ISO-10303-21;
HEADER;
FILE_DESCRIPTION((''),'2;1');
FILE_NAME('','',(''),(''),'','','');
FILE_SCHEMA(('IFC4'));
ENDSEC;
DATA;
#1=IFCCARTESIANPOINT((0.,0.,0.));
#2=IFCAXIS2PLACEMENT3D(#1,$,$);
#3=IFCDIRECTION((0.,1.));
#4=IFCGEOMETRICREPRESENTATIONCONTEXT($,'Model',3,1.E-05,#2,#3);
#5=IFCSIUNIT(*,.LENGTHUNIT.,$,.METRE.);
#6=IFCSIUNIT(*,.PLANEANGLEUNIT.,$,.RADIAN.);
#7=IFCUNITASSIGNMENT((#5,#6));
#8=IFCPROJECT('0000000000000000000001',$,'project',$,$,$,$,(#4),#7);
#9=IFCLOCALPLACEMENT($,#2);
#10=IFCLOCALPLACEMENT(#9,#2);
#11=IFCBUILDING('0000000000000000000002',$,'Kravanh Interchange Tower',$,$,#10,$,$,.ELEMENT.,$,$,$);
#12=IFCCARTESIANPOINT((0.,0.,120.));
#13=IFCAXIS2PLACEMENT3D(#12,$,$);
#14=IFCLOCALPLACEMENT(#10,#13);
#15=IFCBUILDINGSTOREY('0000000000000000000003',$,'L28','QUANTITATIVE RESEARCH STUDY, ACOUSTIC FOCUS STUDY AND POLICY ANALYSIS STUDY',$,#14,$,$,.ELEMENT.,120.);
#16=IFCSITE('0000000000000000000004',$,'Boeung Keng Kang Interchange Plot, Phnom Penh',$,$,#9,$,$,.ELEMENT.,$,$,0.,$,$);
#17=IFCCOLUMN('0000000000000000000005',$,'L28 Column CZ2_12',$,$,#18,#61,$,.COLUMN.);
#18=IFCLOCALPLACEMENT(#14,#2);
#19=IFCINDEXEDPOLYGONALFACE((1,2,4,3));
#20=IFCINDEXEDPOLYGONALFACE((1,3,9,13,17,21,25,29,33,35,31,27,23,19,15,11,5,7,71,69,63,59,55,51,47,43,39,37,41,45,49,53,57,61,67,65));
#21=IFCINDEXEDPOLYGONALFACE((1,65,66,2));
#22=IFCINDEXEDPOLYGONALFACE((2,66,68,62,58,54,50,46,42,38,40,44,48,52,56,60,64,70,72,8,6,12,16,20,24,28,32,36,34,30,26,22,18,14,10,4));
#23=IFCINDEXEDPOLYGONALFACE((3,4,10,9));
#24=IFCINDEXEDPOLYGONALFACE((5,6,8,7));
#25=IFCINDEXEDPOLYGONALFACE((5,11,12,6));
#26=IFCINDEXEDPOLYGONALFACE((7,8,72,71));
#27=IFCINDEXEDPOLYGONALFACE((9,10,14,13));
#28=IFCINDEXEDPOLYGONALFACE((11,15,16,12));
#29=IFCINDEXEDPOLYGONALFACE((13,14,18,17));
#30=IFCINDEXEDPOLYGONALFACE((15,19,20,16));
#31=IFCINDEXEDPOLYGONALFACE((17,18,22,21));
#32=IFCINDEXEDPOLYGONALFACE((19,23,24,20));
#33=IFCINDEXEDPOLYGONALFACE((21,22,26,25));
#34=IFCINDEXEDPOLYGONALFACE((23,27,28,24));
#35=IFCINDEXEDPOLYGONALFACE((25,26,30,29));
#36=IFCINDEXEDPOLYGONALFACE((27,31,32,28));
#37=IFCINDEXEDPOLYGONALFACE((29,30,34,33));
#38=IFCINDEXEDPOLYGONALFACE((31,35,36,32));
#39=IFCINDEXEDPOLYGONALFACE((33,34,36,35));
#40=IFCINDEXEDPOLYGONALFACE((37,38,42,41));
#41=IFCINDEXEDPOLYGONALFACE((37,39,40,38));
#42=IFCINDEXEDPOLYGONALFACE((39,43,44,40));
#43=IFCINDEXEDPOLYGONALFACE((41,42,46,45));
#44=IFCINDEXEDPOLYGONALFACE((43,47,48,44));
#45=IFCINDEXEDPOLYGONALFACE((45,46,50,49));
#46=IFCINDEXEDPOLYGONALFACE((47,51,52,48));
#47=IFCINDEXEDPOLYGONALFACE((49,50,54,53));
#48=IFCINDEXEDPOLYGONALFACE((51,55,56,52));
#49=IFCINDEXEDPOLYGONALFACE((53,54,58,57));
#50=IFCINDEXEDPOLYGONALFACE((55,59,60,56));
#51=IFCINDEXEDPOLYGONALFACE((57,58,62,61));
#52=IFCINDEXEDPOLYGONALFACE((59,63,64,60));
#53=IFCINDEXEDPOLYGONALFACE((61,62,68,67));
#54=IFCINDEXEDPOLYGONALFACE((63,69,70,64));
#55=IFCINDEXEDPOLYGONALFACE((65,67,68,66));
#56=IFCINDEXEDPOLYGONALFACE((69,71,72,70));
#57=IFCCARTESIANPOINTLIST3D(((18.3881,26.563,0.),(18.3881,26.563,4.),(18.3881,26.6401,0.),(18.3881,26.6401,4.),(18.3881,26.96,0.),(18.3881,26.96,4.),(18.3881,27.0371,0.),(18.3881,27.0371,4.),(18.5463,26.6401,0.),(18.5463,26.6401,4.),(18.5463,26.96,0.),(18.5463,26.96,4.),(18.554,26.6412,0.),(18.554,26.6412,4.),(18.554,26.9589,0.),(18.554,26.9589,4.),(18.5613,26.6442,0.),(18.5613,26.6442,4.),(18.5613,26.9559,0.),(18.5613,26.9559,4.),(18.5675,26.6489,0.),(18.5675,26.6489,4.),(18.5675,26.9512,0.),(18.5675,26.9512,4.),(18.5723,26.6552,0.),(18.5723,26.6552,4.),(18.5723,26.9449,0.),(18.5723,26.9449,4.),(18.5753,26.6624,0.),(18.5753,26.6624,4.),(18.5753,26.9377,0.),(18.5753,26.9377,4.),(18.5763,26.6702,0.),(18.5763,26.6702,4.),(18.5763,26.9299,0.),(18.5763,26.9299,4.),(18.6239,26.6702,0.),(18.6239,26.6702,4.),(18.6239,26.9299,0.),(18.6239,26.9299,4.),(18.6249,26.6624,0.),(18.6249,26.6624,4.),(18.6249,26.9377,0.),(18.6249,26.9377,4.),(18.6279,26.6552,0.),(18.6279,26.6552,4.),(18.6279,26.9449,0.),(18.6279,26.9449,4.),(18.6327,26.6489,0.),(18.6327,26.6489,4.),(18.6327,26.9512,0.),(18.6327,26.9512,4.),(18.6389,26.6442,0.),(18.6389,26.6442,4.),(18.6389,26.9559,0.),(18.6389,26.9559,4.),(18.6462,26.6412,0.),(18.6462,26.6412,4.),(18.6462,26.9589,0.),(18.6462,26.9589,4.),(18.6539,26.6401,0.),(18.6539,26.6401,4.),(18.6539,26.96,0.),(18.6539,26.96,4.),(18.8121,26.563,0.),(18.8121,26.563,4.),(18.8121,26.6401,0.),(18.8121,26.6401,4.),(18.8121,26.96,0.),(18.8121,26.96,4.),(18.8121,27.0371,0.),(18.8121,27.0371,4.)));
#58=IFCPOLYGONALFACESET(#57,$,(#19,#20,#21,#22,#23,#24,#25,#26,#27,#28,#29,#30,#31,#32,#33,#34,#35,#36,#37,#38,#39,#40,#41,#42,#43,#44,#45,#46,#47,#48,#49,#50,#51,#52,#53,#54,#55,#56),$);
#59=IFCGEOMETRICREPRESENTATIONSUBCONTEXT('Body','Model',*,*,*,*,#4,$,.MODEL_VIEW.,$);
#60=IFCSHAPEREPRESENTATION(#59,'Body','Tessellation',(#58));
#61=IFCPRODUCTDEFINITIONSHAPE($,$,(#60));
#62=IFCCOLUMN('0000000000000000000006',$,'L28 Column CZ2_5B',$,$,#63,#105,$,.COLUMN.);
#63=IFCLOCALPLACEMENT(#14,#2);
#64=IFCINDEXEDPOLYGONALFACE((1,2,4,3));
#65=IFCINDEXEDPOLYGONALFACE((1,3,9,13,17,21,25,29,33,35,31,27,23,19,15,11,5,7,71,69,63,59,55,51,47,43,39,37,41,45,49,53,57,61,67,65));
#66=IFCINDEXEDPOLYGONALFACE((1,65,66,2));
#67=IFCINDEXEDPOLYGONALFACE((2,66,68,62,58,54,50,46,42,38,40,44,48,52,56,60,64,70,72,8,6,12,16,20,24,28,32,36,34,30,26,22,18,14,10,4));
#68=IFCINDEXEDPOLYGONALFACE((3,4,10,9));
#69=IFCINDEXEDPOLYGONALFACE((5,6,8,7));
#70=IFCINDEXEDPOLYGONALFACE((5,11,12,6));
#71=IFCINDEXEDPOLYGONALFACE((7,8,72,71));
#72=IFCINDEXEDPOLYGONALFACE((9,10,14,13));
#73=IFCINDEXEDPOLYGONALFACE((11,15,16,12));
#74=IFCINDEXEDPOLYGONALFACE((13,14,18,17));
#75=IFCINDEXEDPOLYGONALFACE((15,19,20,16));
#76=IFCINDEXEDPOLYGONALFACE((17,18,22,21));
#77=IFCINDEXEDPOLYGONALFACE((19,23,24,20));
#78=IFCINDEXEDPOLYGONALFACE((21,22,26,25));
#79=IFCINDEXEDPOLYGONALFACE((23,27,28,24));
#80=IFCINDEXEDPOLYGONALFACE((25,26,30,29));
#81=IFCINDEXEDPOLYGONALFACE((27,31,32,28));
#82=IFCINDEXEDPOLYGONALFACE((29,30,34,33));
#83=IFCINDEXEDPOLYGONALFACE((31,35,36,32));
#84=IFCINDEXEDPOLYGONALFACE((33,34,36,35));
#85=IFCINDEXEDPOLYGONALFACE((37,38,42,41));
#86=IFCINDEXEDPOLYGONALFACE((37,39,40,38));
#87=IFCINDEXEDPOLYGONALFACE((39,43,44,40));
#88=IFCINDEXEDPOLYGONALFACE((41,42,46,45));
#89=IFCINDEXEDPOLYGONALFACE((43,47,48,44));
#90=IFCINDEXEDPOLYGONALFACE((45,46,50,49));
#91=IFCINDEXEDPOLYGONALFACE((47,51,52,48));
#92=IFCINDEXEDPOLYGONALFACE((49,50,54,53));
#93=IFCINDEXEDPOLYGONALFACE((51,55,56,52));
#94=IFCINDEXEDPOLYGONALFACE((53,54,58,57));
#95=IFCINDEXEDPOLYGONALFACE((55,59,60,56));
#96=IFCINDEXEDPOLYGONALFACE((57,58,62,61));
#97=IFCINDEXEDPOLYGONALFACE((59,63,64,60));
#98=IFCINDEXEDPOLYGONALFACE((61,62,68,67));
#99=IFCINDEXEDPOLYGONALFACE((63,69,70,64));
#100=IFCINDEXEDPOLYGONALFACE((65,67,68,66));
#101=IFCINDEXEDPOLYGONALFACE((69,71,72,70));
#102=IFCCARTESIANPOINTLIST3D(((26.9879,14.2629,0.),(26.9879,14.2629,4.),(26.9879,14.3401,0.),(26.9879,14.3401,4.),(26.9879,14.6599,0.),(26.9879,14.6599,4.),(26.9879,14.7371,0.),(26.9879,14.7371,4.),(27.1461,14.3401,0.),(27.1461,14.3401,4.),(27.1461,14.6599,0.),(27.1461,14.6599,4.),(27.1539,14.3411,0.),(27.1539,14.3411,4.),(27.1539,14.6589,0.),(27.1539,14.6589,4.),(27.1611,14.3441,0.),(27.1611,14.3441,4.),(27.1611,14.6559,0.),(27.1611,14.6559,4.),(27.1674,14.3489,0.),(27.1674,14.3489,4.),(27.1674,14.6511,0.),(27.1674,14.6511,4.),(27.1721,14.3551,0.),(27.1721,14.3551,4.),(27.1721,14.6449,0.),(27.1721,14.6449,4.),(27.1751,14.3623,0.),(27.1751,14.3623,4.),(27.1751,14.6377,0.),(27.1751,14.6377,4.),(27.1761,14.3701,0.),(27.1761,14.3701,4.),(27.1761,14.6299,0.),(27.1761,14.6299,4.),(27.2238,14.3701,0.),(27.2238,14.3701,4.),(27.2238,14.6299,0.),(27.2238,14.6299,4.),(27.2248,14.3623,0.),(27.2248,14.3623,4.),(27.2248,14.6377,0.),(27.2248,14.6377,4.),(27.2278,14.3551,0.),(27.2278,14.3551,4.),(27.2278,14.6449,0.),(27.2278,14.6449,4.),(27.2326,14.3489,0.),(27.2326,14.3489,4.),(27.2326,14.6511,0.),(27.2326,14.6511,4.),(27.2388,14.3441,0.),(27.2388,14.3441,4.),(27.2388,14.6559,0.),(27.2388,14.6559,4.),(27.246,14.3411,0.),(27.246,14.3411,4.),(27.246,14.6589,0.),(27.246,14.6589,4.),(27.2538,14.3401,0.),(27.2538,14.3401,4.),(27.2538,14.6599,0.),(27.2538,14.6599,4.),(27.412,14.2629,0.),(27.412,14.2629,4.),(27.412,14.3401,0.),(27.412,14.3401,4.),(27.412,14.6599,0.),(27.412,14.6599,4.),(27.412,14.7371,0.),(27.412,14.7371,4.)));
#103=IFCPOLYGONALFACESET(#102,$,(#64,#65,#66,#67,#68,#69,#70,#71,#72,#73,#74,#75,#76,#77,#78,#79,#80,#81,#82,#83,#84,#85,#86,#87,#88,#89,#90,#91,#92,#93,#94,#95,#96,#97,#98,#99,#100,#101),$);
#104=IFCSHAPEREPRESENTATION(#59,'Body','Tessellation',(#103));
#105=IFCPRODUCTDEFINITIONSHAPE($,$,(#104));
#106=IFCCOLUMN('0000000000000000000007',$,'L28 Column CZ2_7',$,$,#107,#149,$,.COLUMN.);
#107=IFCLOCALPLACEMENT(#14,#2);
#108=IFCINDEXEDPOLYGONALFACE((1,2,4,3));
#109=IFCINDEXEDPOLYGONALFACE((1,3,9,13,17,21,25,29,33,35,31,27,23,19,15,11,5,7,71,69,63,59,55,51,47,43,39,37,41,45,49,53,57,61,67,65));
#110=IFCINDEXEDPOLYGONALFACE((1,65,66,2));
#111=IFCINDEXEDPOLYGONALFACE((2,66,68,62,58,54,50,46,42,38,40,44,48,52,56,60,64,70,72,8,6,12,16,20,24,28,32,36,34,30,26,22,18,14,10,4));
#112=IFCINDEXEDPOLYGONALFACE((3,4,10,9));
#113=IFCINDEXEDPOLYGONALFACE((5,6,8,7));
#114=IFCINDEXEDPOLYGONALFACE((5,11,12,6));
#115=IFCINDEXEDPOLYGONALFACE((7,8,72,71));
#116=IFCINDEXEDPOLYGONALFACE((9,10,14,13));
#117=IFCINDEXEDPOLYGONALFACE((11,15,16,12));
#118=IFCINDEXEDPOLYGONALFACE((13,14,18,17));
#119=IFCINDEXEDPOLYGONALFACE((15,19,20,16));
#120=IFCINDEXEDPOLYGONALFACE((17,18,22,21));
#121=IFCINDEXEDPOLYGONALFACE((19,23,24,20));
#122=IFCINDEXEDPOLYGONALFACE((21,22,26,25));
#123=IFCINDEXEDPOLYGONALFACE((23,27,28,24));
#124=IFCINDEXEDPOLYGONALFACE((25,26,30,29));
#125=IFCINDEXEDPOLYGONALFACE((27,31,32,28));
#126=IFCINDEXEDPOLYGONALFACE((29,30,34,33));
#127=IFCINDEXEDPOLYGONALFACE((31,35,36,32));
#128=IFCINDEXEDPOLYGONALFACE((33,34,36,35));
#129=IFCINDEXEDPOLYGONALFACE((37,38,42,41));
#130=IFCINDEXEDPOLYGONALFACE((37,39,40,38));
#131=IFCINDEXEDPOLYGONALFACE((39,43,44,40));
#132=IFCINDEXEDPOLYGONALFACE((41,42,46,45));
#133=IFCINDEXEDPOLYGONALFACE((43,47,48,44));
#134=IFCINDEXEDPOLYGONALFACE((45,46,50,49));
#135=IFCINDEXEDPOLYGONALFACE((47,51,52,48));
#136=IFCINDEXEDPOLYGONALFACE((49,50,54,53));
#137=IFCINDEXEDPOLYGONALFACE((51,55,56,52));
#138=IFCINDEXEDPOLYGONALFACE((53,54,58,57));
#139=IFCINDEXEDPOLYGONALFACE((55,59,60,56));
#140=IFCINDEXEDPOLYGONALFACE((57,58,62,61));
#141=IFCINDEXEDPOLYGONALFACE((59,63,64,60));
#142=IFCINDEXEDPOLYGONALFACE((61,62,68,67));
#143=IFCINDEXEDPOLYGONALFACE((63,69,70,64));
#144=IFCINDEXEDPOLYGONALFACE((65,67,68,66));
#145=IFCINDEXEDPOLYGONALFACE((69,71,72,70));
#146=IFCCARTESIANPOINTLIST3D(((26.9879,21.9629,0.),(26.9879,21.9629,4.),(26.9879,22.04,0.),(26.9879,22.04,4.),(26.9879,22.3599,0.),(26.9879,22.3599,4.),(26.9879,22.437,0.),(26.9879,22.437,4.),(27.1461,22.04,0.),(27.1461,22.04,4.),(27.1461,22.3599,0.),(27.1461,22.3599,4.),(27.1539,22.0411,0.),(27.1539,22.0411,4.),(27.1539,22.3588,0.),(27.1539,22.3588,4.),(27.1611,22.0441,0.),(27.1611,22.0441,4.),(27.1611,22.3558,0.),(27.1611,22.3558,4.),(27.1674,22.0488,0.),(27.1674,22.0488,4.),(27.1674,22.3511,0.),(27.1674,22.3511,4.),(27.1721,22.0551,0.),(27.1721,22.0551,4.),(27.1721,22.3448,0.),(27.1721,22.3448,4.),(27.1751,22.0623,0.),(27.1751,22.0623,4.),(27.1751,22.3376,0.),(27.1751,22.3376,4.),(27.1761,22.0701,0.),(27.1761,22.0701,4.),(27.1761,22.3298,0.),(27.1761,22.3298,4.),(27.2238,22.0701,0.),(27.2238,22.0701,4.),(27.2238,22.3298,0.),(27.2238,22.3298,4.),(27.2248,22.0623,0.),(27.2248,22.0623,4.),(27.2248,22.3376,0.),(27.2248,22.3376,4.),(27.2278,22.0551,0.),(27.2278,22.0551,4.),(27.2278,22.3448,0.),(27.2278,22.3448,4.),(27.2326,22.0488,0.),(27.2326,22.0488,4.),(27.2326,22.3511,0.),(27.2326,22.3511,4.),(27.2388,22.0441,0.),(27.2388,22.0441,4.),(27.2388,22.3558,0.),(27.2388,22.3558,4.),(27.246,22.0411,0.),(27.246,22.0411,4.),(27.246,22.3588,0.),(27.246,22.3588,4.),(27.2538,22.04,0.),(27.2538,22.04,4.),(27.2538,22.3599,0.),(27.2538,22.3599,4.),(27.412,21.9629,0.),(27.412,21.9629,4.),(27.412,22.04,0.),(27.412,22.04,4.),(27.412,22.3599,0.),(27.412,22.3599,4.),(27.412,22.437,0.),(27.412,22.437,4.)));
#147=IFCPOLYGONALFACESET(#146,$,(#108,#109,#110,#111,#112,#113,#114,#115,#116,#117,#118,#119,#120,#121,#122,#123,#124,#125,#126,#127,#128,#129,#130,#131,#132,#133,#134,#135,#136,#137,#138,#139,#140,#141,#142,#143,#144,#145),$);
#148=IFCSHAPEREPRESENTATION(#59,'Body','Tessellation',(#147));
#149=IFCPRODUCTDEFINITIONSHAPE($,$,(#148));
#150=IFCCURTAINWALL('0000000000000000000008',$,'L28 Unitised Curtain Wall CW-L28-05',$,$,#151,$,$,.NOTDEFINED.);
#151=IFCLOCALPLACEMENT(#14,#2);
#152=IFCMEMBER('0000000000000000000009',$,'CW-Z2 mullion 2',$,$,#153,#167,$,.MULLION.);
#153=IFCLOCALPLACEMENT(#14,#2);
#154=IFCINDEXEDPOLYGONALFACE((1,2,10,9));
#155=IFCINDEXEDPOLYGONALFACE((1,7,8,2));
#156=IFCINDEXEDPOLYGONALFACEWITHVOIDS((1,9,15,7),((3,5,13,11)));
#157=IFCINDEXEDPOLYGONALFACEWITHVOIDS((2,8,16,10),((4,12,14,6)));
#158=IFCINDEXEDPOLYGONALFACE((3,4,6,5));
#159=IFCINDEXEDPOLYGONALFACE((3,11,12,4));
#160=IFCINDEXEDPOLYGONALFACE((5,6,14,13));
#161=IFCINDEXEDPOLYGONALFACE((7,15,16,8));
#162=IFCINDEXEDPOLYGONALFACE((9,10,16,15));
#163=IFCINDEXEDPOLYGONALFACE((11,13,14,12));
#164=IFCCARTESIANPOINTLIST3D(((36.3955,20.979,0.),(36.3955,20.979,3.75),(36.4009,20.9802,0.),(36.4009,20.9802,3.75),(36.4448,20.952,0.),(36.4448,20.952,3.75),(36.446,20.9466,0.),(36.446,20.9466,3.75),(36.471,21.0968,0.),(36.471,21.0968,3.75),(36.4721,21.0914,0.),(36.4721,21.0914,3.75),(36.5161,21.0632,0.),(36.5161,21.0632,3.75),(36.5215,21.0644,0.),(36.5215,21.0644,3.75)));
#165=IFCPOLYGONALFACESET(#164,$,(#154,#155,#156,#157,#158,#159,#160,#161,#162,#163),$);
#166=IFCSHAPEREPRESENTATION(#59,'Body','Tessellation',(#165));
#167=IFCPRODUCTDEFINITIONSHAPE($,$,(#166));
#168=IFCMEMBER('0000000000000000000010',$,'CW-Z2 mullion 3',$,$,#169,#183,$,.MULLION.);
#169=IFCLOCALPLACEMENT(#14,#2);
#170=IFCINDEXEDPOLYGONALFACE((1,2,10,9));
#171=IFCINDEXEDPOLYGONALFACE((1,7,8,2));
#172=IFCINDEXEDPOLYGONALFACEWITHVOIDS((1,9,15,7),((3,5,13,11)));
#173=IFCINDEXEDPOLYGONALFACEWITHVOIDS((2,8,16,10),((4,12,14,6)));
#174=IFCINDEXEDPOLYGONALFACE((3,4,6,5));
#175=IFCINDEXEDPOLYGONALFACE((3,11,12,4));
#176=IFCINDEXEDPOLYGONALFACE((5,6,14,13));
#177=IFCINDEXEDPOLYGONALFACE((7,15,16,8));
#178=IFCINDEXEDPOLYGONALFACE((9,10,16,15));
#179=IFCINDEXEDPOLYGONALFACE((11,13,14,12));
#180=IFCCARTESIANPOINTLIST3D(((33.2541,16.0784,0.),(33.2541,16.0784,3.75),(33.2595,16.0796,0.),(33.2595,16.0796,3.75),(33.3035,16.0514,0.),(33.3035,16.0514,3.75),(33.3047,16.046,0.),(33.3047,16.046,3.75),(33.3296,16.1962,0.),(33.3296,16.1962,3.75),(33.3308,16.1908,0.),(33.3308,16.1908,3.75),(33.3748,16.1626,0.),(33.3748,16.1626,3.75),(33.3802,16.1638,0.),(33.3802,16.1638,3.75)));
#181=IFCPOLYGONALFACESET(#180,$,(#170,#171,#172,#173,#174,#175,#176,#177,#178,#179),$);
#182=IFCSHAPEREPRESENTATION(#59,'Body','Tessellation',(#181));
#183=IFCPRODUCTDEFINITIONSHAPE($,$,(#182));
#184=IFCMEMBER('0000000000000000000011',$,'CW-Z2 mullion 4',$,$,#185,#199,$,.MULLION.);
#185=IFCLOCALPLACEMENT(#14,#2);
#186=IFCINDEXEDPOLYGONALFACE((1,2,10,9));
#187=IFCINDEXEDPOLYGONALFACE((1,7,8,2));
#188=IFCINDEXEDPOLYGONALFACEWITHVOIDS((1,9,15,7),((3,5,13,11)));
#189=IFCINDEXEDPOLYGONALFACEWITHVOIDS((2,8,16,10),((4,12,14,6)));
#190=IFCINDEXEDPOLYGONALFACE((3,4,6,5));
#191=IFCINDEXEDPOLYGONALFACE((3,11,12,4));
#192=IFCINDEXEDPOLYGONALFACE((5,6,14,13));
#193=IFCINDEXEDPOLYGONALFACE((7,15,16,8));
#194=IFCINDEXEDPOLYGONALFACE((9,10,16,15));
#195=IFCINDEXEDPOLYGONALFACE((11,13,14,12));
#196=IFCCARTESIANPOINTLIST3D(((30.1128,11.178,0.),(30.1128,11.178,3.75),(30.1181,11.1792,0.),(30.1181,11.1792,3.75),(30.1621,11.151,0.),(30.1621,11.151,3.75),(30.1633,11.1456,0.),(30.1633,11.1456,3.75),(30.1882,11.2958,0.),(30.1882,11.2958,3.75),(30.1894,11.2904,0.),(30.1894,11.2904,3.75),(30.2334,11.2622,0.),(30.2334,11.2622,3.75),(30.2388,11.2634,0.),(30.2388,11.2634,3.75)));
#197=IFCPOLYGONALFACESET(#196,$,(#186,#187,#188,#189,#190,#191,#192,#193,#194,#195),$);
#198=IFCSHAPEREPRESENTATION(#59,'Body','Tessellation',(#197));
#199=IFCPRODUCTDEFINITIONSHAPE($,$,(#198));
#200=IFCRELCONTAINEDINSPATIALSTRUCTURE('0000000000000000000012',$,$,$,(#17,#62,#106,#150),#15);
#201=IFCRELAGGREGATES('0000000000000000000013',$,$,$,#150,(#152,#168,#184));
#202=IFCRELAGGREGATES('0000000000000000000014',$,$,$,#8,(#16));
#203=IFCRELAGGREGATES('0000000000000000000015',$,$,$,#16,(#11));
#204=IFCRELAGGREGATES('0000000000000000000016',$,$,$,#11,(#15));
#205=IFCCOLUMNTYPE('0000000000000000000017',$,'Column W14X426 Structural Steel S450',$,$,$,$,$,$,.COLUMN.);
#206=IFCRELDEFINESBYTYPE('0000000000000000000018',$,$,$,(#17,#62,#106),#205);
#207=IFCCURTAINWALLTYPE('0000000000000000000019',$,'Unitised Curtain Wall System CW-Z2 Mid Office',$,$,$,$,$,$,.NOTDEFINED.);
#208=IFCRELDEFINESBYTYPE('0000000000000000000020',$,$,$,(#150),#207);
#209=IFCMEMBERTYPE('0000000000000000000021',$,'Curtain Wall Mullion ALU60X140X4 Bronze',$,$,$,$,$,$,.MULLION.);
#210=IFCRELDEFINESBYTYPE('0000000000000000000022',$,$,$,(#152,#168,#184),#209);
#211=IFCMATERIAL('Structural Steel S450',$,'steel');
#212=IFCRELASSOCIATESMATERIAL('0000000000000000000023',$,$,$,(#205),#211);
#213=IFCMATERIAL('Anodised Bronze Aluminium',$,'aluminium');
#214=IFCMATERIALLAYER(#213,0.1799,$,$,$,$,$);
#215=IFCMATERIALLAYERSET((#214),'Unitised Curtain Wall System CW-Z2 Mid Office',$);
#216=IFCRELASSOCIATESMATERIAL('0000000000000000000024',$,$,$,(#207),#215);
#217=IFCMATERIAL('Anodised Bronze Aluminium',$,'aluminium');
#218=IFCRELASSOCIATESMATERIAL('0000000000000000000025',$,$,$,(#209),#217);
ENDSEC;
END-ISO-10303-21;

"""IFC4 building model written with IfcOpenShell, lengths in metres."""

from ifc_helpers import new_model, si_unit, direction, frame, origin, origin_2d, place, context, subcontext, project, spatial, hollow_rectangle, i_section, extrude, material, layer, layer_set, material_profile, profile_set, type_object, element, aggregate, save


model = new_model("IFC4")

# Units and contexts
model_context = context("Model", 3, precision=1e-05, world=origin(), true_north=direction((0.0, 1.0)))
body_context = subcontext(model_context, "Body", "Model", "MODEL_VIEW")
ifc_project = project(units=[si_unit("LENGTHUNIT", "METRE"), si_unit("PLANEANGLEUNIT", "RADIAN")], contexts=[model_context])

# Site, building, storey
site_placement = place(None, origin())
site = spatial("IfcSite", under=ifc_project, at=site_placement, Name="Boeung Keng Kang Interchange Plot, Phnom Penh", CompositionType="ELEMENT", RefElevation=0.0)
building_placement = place(site_placement, origin())
building = spatial("IfcBuilding", under=site, at=building_placement, Name="Kravanh Interchange Tower", CompositionType="ELEMENT")
storey_placement = place(building_placement, frame((0.0, 0.0, 120.0)))
storey = spatial("IfcBuildingStorey", under=building, at=storey_placement, Name="L28", Description="QUANTITATIVE RESEARCH STUDY, ACOUSTIC FOCUS STUDY AND POLICY ANALYSIS STUDY", CompositionType="ELEMENT", Elevation=120.0)

# Columns
ifc_material_1 = material(Name="Structural Steel S450", Category="steel")
ifc_material_profile_1 = material_profile(ifc_material_1, i_section(OverallWidth=0.4241, OverallDepth=0.4741, WebThickness=0.0476, FlangeThickness=0.0771, FilletRadius=0.03, at=origin_2d()), Name="W14X426")
ifc_profile_set_1 = profile_set([ifc_material_profile_1], Name="Structural Steel S450")
column_type = type_object("IfcColumnType", Name="Column W14X426 Structural Steel S450", PredefinedType="COLUMN", material=ifc_profile_set_1)
for number, where, z_axis, x_axis, name in (
    (1, (18.6001, 26.8, 0.0), (0.0, 0.0, 1.0), (1.0, 0.0, 0.0), "L28 Column CZ2_12"),
    (2, (27.2, 14.5, 0.0), (0.0, 0.0, 1.0), (1.0, 0.0, 0.0), "L28 Column CZ2_5B"),
    (3, (27.2, 22.2, 0.0), (0.0, 0.0, 1.0), (1.0, 0.0, 0.0), "L28 Column CZ2_7"),
):
    element("IfcColumn", number, at=place(storey_placement, frame(where, z_axis=z_axis, x_axis=x_axis)), inside=storey, type_object=column_type, Name=name, PredefinedType="COLUMN", context=body_context, shape_type="SweptSolid", body=[
        extrude(i_section(OverallWidth=0.4241, OverallDepth=0.4741, WebThickness=0.0476, FlangeThickness=0.0771, FilletRadius=0.03, at=origin_2d()), origin(), (0.0, 0.0, 1.0), 4.0),
    ])

# Curtain wall, members
ifc_material_2 = material(Name="Anodised Bronze Aluminium", Category="aluminium")
ifc_layer_1 = layer(ifc_material_2, 0.1799)
ifc_layer_set_1 = layer_set([ifc_layer_1], Name="Unitised Curtain Wall System CW-Z2 Mid Office")
curtain_wall_type = type_object("IfcCurtainWallType", Name="Unitised Curtain Wall System CW-Z2 Mid Office", PredefinedType="NOTDEFINED", material=ifc_layer_set_1)
curtain_wall_placement = place(storey_placement, origin())
curtain_wall = element("IfcCurtainWall", 4, at=curtain_wall_placement, inside=storey, type_object=curtain_wall_type, Name="L28 Unitised Curtain Wall CW-L28-05", PredefinedType="NOTDEFINED")
ifc_material_3 = material(Name="Anodised Bronze Aluminium", Category="aluminium")
ifc_material_profile_2 = material_profile(ifc_material_3, hollow_rectangle(XDim=0.0601, YDim=0.1399, WallThickness=0.0039, at=origin_2d()), Name="ALU60X140X4")
ifc_profile_set_2 = profile_set([ifc_material_profile_2], Name="Anodised Bronze Aluminium")
member_type_1 = type_object("IfcMemberType", Name="Curtain Wall Mullion ALU60X140X4 Bronze", PredefinedType="MULLION", material=ifc_profile_set_2)
member_1_placement = place(storey_placement, frame((36.4585, 21.0217, 0.0), z_axis=(0.0, 0.0, 1.0), x_axis=(0.84188, -0.539665, 0.0)))
member_1 = element("IfcMember", 5, at=member_1_placement, type_object=member_type_1, Name="CW-Z2 mullion 2", PredefinedType="MULLION", context=body_context, shape_type="SweptSolid", body=[
    extrude(hollow_rectangle(XDim=0.0601, YDim=0.1399, WallThickness=0.0039, at=origin_2d()), origin(), (0.0, 0.0, 1.0), 3.75),
])
member_2_placement = place(storey_placement, frame((33.3171, 16.1211, 0.0), z_axis=(0.0, 0.0, 1.0), x_axis=(0.84188, -0.539665, 0.0)))
member_2 = element("IfcMember", 6, at=member_2_placement, type_object=member_type_1, Name="CW-Z2 mullion 3", PredefinedType="MULLION", context=body_context, shape_type="SweptSolid", body=[
    extrude(hollow_rectangle(XDim=0.0601, YDim=0.1399, WallThickness=0.0039, at=origin_2d()), origin(), (0.0, 0.0, 1.0), 3.75),
])
member_3_placement = place(storey_placement, frame((30.1758, 11.2207, 0.0), z_axis=(0.0, 0.0, 1.0), x_axis=(0.84188, -0.539665, 0.0)))
member_3 = element("IfcMember", 7, at=member_3_placement, type_object=member_type_1, Name="CW-Z2 mullion 4", PredefinedType="MULLION", context=body_context, shape_type="SweptSolid", body=[
    extrude(hollow_rectangle(XDim=0.0601, YDim=0.1399, WallThickness=0.0039, at=origin_2d()), origin(), (0.0, 0.0, 1.0), 3.75),
])

aggregate(curtain_wall, [member_1, member_2, member_3])

save(model, "model.ifc")
